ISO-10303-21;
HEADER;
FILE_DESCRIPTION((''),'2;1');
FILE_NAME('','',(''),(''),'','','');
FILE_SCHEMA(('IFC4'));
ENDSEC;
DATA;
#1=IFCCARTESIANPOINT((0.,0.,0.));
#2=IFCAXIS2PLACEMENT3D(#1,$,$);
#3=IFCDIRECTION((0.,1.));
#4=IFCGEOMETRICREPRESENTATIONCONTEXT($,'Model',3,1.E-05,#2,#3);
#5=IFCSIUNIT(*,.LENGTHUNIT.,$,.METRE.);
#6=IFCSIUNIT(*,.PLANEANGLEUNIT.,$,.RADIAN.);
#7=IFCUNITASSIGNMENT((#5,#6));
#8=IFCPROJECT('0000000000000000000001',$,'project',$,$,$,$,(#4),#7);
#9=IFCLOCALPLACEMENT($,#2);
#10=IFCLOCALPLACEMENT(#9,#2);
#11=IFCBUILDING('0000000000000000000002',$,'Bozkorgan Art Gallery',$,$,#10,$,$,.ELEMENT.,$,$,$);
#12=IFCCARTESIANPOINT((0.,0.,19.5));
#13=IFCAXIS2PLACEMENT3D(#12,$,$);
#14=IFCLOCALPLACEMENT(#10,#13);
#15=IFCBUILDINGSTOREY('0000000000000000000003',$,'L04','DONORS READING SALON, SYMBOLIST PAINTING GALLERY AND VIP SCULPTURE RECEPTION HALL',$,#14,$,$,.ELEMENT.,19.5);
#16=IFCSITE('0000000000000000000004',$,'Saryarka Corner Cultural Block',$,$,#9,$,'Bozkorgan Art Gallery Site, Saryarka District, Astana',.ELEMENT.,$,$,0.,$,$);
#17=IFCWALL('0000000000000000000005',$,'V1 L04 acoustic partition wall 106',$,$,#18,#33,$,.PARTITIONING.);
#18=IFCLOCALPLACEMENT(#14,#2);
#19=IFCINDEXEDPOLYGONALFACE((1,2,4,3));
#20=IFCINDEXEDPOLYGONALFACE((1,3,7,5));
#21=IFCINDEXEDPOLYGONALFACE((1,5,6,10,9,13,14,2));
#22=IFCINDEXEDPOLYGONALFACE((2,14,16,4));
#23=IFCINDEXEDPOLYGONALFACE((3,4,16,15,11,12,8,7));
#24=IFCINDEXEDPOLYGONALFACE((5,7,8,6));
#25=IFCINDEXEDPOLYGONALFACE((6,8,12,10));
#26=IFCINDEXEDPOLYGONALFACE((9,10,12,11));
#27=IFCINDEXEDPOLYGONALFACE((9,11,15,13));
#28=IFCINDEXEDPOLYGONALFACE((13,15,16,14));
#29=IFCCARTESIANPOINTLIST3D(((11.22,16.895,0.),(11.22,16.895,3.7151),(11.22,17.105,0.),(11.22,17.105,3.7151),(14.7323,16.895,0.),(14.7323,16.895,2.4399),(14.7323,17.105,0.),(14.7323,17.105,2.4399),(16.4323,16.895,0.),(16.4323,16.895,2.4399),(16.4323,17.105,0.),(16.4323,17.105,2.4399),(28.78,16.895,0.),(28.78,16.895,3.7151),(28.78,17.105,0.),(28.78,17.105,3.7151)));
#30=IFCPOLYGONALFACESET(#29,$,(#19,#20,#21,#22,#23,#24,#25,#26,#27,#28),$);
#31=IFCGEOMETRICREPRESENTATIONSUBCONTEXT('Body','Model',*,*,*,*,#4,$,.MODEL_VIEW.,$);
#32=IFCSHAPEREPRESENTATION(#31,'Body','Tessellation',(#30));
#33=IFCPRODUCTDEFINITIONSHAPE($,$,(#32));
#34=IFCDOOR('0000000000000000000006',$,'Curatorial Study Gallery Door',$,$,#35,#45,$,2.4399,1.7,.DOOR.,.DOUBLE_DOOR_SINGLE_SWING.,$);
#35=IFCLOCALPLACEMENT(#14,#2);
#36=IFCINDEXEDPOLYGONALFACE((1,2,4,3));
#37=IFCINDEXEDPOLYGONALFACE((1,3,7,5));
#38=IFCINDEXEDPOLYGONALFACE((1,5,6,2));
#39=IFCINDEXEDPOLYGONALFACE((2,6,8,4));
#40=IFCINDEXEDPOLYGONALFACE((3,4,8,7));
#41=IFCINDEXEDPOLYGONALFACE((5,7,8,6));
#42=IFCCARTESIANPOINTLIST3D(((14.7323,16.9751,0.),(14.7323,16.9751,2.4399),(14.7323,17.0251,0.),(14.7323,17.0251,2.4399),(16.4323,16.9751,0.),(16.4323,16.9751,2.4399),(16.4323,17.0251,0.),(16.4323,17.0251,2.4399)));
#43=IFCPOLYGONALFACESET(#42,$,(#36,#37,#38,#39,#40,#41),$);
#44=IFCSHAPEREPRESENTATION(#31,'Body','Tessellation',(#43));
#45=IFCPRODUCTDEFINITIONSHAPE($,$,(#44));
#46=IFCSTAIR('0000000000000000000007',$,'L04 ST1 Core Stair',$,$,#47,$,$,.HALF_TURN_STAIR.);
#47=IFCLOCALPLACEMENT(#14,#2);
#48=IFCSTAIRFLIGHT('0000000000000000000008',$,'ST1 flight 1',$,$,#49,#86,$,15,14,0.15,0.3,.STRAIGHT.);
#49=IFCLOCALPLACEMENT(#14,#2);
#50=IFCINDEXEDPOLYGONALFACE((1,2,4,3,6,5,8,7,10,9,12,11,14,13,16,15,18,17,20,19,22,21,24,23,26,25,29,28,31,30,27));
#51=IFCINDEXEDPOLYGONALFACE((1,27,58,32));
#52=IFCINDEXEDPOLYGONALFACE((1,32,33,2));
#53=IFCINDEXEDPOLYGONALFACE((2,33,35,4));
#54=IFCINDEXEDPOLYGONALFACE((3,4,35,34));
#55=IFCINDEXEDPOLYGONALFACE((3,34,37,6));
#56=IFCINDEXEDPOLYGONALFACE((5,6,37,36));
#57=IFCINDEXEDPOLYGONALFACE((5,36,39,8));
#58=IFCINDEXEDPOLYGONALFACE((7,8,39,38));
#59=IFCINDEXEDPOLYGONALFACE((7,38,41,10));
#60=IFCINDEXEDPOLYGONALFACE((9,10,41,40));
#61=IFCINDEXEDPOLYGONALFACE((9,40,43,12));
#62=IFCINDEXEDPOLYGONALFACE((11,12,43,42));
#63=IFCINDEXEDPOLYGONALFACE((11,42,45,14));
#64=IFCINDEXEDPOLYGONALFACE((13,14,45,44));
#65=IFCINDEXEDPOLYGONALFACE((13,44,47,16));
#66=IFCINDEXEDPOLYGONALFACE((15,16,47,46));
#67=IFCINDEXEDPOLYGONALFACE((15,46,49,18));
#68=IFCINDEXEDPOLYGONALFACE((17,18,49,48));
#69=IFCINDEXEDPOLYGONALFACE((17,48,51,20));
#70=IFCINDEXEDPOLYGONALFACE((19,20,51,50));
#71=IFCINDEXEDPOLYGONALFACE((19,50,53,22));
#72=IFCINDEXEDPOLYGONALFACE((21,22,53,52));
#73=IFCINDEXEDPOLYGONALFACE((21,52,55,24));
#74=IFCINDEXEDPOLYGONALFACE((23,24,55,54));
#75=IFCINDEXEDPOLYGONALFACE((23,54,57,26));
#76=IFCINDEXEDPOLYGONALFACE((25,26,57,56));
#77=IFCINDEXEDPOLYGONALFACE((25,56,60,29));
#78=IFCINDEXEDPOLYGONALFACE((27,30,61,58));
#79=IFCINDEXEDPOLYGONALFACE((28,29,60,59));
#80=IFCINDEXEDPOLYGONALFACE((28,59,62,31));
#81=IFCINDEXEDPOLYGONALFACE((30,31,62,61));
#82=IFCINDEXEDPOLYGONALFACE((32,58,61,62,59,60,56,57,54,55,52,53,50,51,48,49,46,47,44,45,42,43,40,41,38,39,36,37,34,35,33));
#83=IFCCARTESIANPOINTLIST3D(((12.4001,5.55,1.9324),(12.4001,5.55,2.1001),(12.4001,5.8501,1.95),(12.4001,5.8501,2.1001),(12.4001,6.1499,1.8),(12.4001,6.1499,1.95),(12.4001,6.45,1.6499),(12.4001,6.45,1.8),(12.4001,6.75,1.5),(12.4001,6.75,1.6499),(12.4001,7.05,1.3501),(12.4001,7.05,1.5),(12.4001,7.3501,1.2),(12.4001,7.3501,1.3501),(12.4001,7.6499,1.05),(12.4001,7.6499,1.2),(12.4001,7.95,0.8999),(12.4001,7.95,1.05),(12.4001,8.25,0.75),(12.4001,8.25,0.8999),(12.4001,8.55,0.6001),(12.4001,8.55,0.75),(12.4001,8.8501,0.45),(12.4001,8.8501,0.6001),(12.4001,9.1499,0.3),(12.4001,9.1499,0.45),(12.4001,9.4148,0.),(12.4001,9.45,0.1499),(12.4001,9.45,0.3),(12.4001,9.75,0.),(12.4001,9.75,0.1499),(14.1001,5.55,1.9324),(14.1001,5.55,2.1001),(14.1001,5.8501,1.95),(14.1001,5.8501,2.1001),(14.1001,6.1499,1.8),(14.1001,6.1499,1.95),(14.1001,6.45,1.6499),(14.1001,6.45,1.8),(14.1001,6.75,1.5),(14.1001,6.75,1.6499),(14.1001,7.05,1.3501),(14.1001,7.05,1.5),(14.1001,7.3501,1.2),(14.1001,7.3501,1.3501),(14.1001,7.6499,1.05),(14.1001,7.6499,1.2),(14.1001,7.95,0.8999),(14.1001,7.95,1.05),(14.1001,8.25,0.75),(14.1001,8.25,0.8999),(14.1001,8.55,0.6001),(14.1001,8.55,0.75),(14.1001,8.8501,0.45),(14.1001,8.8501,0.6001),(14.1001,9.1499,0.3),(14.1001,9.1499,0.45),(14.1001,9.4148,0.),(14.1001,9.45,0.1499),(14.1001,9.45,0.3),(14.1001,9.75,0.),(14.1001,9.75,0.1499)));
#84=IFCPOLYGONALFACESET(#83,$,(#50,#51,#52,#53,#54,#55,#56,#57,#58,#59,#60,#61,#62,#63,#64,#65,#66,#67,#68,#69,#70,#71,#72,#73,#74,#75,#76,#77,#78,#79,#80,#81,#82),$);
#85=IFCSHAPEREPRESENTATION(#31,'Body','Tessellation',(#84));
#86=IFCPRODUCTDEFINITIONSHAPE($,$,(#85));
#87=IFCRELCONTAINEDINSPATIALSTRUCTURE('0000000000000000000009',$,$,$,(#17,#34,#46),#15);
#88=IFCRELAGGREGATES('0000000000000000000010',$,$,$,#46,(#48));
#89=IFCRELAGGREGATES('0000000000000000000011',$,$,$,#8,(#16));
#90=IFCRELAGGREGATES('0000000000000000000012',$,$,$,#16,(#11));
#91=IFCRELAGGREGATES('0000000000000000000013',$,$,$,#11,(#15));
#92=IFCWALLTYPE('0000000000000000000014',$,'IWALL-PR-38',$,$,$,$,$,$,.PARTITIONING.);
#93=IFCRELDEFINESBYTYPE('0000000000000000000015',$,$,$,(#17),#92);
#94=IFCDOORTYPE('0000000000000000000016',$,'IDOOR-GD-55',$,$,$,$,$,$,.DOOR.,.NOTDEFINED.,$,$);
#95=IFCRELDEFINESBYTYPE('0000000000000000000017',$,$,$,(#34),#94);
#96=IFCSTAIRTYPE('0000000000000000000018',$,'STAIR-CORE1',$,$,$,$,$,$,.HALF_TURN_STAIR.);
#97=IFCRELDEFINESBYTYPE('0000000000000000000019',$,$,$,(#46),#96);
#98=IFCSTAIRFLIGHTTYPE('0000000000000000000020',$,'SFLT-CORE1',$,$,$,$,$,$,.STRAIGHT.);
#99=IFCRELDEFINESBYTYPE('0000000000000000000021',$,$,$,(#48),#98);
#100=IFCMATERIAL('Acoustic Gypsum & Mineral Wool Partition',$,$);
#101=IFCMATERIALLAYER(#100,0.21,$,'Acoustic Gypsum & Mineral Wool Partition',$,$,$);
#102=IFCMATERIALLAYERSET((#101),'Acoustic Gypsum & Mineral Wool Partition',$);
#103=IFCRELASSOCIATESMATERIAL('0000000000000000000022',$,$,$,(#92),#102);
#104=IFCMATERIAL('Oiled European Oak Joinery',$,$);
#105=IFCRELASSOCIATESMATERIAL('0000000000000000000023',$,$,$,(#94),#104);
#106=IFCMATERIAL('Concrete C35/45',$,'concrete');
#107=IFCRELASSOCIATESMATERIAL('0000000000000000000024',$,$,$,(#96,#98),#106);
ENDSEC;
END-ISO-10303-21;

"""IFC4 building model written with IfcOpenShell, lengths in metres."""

from ifc_helpers import new_model, si_unit, direction, frame, frame_2d, origin, place, context, subcontext, project, spatial, polyline, rectangle, outline, extrude, material, layer, layer_set, type_object, element, fill, aggregate, save


model = new_model("IFC4")

# Units and contexts
model_context = context("Model", 3, precision=1e-05, world=origin(), true_north=direction((0.0, 1.0)))
body_context = subcontext(model_context, "Body", "Model", "MODEL_VIEW")
ifc_project = project(units=[si_unit("LENGTHUNIT", "METRE"), si_unit("PLANEANGLEUNIT", "RADIAN")], contexts=[model_context])

# Site, building, storey
site_placement = place(None, origin())
site = spatial("IfcSite", under=ifc_project, at=site_placement, Name="Saryarka Corner Cultural Block", LongName="Bozkorgan Art Gallery Site, Saryarka District, Astana", CompositionType="ELEMENT", RefElevation=0.0)
building_placement = place(site_placement, origin())
building = spatial("IfcBuilding", under=site, at=building_placement, Name="Bozkorgan Art Gallery", CompositionType="ELEMENT")
storey_placement = place(building_placement, frame((0.0, 0.0, 19.5)))
storey = spatial("IfcBuildingStorey", under=building, at=storey_placement, Name="L04", Description="DONORS READING SALON, SYMBOLIST PAINTING GALLERY AND VIP SCULPTURE RECEPTION HALL", CompositionType="ELEMENT", Elevation=19.5)

# Wall, opening, door
ifc_material_1 = material(Name="Acoustic Gypsum & Mineral Wool Partition")
ifc_layer_1 = layer(ifc_material_1, 0.21, Name="Acoustic Gypsum & Mineral Wool Partition")
ifc_layer_set_1 = layer_set([ifc_layer_1], Name="Acoustic Gypsum & Mineral Wool Partition")
wall_type_1 = type_object("IfcWallType", Name="IWALL-PR-38", PredefinedType="PARTITIONING", material=ifc_layer_set_1)
wall_1_placement = place(storey_placement, frame((11.22, 17.0, 0.0), z_axis=(0.0, 0.0, 1.0), x_axis=(1.0, 0.0, 0.0)))
wall_1 = element("IfcWall", 1, at=wall_1_placement, inside=storey, type_object=wall_type_1, Name="V1 L04 acoustic partition wall 106", PredefinedType="PARTITIONING", context=body_context, shape_type="SweptSolid", body=[
    extrude(rectangle(XDim=17.5601, YDim=0.21, at=frame_2d((8.78, 0.0))), origin(), (0.0, 0.0, 1.0), 3.7151),
])
opening_1_placement = place(wall_1_placement, frame((5.2124, 0.0, 0.0), z_axis=(0.0, 0.0, 1.0), x_axis=(-1.0, 0.0, 0.0)))
opening_1 = element("IfcOpeningElement", 2, at=opening_1_placement, cuts=wall_1, PredefinedType="OPENING", context=body_context, shape_type="SweptSolid", body=[
    extrude(rectangle(XDim=1.7, YDim=2.4399, at=frame_2d((0.8501, 1.22))), frame((0.0, 0.115, 0.0), z_axis=(0.0, -1.0, 0.0), x_axis=(1.0, 0.0, 0.0)), (0.0, 0.0, 1.0), 0.23),
])
ifc_material_2 = material(Name="Oiled European Oak Joinery")
door_type_1 = type_object("IfcDoorType", Name="IDOOR-GD-55", OperationType="NOTDEFINED", PredefinedType="DOOR", material=ifc_material_2)
door_1_placement = place(opening_1_placement, origin())
door_1 = element("IfcDoor", 3, at=door_1_placement, inside=storey, type_object=door_type_1, Name="Curatorial Study Gallery Door", OperationType="DOUBLE_DOOR_SINGLE_SWING", OverallHeight=2.4399, OverallWidth=1.7, PredefinedType="DOOR", context=body_context, shape_type="SweptSolid", body=[
    extrude(rectangle(XDim=1.7, YDim=2.4399, at=frame_2d((0.8501, 1.22))), frame((0.0, 0.0249, 0.0), z_axis=(0.0, -1.0, 0.0), x_axis=(1.0, 0.0, 0.0)), (0.0, 0.0, 1.0), 0.05),
])
fill(opening_1, door_1)

# Stair, stair flight
ifc_material_3 = material(Name="Concrete C35/45", Category="concrete")
stair_type = type_object("IfcStairType", Name="STAIR-CORE1", PredefinedType="HALF_TURN_STAIR", material=ifc_material_3)
stair_placement = place(storey_placement, origin())
stair = element("IfcStair", 4, at=stair_placement, inside=storey, type_object=stair_type, Name="L04 ST1 Core Stair", PredefinedType="HALF_TURN_STAIR")
stair_flight_type = type_object("IfcStairFlightType", Name="SFLT-CORE1", PredefinedType="STRAIGHT", material=ifc_material_3)
stair_flight_placement = place(storey_placement, frame((13.25, 9.75, 0.0), z_axis=(0.0, 0.0, 1.0), x_axis=(0.0, -1.0, 0.0)))
stair_flight = element("IfcStairFlight", 5, at=stair_flight_placement, type_object=stair_flight_type, Name="ST1 flight 1", NumberOfRisers=15, NumberOfTreads=14, PredefinedType="STRAIGHT", RiserHeight=0.15, TreadLength=0.3, context=body_context, shape_type="SweptSolid", body=[
    extrude(outline(polyline([(0.0, 0.0), (0.0, 0.1499), (0.3, 0.1499), (0.3, 0.3), (0.6001, 0.3), (0.6001, 0.45), (0.8999, 0.45), (0.8999, 0.6001), (1.2, 0.6001), (1.2, 0.75), (1.5, 0.75), (1.5, 0.8999), (1.8, 0.8999), (1.8, 1.05), (2.1001, 1.05), (2.1001, 1.2), (2.3999, 1.2), (2.3999, 1.3501), (2.7, 1.3501), (2.7, 1.5), (3.0, 1.5), (3.0, 1.6499), (3.3, 1.6499), (3.3, 1.8), (3.6001, 1.8), (3.6001, 1.95), (3.8999, 1.95), (3.8999, 2.1001), (4.2, 2.1001), (4.2, 2.25), (4.2, 1.9324), (0.3352, 0.0), (0.0, 0.0)])), frame((0.0, 0.8501, 0.0), z_axis=(0.0, -1.0, 0.0), x_axis=(1.0, 0.0, 0.0)), (0.0, 0.0, 1.0), 1.7),
])
aggregate(stair, [stair_flight])

save(model, "model.ifc")
